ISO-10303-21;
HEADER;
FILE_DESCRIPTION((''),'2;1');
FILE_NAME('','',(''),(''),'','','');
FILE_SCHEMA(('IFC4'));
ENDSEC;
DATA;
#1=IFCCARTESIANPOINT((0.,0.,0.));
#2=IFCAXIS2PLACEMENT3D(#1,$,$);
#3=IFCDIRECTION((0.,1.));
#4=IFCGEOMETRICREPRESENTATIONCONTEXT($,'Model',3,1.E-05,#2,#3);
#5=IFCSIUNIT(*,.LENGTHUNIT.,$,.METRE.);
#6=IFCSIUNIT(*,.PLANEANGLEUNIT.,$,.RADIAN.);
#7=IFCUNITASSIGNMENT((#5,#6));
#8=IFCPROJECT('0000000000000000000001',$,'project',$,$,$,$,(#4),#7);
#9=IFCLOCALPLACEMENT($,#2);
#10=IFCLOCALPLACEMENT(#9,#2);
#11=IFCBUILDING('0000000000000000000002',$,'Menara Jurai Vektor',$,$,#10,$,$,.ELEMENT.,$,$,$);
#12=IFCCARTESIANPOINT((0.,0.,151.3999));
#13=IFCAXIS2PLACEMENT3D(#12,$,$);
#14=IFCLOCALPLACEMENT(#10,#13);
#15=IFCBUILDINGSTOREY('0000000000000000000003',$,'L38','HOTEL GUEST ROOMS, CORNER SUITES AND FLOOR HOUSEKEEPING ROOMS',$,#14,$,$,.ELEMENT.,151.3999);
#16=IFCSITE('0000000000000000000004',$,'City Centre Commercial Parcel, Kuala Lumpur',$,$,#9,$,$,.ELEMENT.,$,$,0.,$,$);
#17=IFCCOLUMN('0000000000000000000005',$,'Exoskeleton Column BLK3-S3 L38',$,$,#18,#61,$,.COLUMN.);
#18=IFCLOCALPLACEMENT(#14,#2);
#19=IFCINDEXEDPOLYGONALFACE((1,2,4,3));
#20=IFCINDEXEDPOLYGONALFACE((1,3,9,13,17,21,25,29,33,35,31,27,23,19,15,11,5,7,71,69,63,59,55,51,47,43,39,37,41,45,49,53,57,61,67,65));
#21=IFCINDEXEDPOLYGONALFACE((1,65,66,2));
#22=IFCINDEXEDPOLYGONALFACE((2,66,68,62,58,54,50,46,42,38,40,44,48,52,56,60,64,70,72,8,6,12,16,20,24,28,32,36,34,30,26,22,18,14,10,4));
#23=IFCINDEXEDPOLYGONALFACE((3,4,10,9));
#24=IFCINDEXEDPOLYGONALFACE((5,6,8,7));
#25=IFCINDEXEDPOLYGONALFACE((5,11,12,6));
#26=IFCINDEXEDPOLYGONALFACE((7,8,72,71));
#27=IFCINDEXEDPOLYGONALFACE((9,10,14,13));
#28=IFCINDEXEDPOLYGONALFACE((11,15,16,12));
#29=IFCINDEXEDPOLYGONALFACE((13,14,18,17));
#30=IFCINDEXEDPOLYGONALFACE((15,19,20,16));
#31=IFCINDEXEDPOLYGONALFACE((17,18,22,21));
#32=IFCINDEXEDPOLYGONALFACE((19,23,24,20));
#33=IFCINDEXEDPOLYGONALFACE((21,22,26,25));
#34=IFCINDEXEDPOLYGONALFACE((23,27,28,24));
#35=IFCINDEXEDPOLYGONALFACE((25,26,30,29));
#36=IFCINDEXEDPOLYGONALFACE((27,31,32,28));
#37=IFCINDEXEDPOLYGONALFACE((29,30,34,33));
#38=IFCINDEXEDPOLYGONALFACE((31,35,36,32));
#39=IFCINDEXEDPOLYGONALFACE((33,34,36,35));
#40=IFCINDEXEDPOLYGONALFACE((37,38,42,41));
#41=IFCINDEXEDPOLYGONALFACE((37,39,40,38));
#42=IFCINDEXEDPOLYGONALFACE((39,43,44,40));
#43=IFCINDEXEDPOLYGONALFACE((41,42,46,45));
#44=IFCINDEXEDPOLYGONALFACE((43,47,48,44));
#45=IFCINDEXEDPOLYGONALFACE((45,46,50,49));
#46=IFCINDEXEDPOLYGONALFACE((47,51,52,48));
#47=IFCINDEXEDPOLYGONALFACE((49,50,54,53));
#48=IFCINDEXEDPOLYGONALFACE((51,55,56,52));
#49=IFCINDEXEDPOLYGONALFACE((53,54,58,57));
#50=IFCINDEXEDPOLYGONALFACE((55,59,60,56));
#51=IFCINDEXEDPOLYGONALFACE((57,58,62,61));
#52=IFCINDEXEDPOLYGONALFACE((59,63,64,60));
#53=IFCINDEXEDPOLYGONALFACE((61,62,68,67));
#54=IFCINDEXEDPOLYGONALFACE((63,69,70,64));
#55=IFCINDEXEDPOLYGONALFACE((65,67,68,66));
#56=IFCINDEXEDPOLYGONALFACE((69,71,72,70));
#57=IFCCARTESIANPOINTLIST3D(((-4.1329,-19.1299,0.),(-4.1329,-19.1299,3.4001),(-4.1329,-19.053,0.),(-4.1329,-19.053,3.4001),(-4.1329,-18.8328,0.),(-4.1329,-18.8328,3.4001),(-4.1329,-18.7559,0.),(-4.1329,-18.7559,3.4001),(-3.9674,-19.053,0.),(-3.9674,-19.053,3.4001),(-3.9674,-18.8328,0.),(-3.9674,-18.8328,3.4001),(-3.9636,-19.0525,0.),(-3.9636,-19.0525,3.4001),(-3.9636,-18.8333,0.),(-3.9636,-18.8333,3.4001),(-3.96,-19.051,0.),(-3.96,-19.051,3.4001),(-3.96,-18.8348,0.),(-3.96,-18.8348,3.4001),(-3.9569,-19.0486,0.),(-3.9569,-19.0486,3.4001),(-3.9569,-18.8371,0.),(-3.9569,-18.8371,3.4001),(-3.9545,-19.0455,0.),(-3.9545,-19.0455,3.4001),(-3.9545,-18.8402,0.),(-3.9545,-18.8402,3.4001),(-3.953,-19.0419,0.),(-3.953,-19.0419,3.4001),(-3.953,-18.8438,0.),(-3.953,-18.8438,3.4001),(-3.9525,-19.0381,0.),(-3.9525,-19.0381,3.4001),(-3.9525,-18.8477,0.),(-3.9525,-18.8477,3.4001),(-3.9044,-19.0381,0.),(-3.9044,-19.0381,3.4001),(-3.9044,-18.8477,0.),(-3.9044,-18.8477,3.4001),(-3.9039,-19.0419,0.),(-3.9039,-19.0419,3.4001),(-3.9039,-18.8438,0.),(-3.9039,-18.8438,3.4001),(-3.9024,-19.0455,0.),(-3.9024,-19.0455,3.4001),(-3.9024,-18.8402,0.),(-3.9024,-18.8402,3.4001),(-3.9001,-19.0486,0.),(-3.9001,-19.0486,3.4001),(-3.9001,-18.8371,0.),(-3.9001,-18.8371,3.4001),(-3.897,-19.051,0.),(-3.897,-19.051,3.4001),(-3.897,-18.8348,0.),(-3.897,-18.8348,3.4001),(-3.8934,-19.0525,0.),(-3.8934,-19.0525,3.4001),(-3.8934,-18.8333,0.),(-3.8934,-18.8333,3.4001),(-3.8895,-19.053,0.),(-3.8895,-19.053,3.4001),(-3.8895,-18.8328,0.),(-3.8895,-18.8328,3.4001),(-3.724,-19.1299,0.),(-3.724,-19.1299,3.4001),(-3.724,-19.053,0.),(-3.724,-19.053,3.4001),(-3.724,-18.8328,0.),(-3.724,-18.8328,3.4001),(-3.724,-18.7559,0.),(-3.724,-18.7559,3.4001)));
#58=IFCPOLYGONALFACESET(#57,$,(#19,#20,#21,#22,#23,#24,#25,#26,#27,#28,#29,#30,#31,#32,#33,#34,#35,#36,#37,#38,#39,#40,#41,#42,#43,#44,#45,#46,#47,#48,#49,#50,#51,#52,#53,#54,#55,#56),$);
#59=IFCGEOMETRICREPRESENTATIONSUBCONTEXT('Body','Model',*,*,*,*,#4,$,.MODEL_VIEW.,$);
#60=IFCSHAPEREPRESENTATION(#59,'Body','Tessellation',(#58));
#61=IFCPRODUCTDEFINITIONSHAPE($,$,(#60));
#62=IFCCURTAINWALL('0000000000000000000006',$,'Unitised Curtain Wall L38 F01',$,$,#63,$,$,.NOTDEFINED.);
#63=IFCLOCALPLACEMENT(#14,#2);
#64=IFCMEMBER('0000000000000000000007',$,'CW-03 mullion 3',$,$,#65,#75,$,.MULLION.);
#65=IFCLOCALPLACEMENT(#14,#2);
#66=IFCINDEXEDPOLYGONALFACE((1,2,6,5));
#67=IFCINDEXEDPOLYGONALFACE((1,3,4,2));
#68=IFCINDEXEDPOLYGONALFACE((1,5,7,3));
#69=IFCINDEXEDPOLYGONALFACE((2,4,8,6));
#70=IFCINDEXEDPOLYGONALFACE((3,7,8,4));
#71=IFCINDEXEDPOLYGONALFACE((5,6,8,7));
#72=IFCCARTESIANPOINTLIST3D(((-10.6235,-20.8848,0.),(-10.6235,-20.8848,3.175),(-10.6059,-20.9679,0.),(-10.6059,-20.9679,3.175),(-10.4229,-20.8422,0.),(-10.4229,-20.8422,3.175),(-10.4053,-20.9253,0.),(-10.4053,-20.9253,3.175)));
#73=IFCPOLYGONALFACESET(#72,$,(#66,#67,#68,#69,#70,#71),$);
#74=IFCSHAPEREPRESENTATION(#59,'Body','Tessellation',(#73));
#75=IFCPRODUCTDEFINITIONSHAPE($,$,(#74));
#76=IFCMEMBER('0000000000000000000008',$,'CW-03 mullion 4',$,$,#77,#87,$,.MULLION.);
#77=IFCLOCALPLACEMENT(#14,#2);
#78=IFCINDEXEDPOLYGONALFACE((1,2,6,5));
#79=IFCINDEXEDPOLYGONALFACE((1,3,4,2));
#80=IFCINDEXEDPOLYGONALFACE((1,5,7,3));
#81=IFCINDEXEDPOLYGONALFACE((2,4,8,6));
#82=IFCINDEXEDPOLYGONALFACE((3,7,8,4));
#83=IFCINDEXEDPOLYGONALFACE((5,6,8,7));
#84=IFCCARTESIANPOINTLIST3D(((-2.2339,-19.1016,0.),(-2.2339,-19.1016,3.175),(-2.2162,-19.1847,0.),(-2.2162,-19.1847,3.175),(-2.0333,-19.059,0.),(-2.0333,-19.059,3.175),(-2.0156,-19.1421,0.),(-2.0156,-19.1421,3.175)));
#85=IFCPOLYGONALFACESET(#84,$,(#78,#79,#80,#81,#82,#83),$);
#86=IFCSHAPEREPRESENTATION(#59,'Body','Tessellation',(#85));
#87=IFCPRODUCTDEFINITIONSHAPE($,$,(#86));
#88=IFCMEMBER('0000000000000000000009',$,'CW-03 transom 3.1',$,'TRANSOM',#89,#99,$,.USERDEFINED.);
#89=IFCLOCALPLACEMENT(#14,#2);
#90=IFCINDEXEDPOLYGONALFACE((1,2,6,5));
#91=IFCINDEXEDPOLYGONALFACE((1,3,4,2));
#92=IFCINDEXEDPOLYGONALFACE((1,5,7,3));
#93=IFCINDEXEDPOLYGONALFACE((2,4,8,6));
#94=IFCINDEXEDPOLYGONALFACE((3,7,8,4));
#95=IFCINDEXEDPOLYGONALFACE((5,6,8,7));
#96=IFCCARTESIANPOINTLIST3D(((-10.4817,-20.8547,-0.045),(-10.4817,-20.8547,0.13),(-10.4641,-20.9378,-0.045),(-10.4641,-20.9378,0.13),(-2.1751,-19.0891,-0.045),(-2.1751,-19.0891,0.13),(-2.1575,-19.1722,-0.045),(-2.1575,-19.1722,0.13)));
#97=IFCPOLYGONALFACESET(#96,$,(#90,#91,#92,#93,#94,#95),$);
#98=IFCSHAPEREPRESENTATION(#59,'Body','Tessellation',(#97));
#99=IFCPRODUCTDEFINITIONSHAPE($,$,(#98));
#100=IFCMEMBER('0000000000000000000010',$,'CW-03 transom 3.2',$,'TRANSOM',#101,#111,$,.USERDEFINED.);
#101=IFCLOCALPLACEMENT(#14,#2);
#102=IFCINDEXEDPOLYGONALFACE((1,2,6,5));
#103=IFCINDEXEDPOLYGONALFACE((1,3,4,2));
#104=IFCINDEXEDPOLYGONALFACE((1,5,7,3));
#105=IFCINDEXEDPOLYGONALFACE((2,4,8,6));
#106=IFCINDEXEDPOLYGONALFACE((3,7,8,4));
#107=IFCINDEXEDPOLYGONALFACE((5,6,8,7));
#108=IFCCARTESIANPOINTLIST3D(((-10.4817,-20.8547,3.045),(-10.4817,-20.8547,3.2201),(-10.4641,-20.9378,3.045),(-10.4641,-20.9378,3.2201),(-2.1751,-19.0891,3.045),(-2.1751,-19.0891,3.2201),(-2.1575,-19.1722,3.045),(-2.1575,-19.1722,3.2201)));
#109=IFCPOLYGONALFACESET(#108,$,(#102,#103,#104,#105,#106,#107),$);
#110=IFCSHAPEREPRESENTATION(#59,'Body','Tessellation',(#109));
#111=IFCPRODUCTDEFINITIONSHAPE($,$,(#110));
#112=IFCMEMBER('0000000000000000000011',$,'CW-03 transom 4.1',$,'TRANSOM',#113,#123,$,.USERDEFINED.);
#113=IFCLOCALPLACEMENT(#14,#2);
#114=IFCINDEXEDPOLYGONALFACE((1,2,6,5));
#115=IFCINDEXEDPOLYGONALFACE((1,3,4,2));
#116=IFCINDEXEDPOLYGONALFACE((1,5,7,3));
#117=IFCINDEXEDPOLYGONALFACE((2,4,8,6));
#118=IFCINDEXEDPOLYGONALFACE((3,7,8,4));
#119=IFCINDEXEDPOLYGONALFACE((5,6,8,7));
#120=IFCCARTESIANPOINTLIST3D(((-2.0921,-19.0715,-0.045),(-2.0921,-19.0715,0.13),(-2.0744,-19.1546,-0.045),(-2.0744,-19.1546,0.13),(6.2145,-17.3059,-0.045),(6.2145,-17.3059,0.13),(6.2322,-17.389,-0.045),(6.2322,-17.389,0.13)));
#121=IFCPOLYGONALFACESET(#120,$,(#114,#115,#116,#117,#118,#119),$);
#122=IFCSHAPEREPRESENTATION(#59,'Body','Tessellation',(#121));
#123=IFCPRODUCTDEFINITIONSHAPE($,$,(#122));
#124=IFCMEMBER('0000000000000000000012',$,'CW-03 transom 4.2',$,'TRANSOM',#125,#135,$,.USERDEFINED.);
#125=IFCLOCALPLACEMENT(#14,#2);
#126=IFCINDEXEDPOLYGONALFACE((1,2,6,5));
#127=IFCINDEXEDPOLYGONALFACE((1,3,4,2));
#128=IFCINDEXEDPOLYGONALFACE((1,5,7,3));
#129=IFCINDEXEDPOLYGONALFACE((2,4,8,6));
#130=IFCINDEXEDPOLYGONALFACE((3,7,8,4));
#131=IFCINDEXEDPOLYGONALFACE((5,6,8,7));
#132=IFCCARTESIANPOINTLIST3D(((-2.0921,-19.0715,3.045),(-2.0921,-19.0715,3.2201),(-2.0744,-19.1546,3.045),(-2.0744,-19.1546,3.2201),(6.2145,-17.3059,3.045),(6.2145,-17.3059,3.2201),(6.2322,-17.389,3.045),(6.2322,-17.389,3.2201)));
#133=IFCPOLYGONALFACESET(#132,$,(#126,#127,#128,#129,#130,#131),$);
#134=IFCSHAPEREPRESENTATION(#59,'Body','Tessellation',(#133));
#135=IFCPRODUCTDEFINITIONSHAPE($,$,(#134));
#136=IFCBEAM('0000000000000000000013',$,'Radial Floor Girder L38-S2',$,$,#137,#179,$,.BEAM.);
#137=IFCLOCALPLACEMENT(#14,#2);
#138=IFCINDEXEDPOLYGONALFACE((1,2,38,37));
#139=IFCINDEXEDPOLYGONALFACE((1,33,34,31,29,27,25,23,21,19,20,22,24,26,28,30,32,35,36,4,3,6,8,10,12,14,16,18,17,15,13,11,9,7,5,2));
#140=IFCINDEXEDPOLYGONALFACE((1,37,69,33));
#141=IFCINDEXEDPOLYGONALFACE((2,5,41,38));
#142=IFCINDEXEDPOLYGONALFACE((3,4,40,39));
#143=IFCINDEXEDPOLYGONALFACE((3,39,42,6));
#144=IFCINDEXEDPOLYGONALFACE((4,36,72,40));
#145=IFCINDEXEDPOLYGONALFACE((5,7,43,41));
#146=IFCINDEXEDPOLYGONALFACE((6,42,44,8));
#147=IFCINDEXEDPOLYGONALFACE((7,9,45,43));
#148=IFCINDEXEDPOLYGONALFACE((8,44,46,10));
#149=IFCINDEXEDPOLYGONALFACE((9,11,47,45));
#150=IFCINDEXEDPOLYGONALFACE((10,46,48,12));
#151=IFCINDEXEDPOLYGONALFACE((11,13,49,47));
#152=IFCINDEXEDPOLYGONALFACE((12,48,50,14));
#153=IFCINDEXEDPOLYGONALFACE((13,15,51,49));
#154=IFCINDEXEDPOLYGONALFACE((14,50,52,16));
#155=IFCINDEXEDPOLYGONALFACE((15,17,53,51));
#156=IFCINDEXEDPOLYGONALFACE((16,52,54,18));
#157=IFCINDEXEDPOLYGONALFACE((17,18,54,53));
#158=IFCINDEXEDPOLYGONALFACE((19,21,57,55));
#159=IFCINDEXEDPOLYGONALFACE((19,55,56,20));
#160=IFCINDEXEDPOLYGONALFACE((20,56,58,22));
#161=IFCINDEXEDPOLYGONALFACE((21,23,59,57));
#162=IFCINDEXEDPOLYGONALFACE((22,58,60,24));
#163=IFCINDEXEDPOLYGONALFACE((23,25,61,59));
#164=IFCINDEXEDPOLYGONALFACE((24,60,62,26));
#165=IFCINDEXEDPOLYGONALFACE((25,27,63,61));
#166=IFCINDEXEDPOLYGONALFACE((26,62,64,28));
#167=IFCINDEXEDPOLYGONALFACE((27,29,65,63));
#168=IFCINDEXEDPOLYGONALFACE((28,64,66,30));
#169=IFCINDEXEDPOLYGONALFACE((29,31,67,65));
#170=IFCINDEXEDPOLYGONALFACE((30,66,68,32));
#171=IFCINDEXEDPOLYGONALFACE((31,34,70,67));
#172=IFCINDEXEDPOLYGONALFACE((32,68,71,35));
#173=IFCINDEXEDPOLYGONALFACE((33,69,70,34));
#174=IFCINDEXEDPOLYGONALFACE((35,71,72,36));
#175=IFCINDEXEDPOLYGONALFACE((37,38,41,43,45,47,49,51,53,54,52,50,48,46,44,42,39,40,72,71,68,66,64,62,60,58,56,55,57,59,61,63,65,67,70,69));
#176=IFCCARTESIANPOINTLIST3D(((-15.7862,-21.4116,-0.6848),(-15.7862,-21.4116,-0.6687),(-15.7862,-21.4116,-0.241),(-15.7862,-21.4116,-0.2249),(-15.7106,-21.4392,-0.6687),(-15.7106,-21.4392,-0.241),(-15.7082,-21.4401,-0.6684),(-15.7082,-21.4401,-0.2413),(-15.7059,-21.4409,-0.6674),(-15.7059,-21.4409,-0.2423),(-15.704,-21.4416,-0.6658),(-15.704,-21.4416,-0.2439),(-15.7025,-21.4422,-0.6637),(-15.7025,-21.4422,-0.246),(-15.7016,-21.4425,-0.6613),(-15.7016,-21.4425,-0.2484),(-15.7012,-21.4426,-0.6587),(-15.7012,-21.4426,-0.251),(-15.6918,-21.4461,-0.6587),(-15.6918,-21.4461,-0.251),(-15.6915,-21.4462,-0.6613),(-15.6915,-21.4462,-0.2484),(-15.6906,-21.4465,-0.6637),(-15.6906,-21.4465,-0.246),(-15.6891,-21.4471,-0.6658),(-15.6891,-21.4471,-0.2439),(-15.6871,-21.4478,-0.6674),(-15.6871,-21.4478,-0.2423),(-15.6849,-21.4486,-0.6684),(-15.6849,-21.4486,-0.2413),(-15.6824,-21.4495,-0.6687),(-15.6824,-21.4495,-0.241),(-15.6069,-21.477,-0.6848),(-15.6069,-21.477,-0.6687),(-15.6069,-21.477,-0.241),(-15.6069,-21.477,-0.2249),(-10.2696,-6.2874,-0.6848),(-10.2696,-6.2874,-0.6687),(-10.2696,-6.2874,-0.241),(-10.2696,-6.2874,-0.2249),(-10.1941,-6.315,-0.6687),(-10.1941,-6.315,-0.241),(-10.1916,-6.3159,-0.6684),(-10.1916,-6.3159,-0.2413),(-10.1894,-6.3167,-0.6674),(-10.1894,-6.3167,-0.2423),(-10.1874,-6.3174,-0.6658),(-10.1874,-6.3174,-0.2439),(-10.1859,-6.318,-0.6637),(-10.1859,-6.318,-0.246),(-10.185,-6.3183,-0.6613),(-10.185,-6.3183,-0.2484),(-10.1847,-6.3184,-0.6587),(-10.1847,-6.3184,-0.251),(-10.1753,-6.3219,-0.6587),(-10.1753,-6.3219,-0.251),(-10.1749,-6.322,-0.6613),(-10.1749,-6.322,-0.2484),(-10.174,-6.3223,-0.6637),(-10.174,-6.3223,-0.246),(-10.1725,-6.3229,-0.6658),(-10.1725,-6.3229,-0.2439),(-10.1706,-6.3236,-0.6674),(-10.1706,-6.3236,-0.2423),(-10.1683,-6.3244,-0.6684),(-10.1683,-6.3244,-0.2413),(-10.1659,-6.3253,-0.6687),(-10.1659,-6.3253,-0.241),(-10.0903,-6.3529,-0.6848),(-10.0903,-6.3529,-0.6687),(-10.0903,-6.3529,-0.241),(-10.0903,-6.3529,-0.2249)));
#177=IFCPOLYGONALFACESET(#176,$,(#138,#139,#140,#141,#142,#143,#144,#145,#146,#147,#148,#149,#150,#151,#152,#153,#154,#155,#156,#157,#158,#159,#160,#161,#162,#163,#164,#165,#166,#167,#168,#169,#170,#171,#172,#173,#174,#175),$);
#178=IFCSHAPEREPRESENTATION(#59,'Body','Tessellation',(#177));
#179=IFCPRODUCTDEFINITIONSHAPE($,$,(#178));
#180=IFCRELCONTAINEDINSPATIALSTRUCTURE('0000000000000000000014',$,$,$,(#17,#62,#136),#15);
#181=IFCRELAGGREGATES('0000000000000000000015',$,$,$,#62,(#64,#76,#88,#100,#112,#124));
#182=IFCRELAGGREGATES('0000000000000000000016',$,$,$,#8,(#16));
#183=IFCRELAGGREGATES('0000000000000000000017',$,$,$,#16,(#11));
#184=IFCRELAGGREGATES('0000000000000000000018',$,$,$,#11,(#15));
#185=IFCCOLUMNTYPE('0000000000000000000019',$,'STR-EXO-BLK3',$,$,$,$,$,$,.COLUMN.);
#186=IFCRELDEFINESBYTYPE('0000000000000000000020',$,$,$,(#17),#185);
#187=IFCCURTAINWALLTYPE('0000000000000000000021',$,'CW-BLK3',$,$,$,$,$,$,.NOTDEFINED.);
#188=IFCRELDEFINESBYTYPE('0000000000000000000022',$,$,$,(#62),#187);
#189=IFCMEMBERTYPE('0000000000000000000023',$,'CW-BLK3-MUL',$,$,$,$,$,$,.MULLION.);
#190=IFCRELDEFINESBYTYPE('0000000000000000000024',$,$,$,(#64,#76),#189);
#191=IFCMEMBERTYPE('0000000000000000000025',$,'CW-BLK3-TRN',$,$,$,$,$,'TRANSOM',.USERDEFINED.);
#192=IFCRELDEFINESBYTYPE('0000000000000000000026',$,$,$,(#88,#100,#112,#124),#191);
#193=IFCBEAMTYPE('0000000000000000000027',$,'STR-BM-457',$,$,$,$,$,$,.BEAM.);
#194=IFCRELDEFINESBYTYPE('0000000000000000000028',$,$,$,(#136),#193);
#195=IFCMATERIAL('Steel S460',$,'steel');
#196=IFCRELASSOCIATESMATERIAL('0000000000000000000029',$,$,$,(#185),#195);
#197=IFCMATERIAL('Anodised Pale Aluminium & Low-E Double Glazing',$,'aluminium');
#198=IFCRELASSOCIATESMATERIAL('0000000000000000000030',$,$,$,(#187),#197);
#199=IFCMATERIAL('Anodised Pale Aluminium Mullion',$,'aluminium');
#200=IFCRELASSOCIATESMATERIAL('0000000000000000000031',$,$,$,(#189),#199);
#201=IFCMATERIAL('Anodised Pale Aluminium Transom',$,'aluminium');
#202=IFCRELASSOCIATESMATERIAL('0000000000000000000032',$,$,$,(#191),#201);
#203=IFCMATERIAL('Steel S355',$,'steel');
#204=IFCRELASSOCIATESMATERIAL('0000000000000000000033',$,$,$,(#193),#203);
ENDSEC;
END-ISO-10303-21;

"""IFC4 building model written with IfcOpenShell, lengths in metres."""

from ifc_helpers import new_model, si_unit, direction, frame, origin, origin_2d, place, context, subcontext, project, spatial, rectangle, i_section, extrude, material, material_profile, profile_set, type_object, element, aggregate, save


model = new_model("IFC4")

# Units and contexts
model_context = context("Model", 3, precision=1e-05, world=origin(), true_north=direction((0.0, 1.0)))
body_context = subcontext(model_context, "Body", "Model", "MODEL_VIEW")
ifc_project = project(units=[si_unit("LENGTHUNIT", "METRE"), si_unit("PLANEANGLEUNIT", "RADIAN")], contexts=[model_context])

# Site, building, storey
site_placement = place(None, origin())
site = spatial("IfcSite", under=ifc_project, at=site_placement, Name="City Centre Commercial Parcel, Kuala Lumpur", CompositionType="ELEMENT", RefElevation=0.0)
building_placement = place(site_placement, origin())
building = spatial("IfcBuilding", under=site, at=building_placement, Name="Menara Jurai Vektor", CompositionType="ELEMENT")
storey_placement = place(building_placement, frame((0.0, 0.0, 151.3999)))
storey = spatial("IfcBuildingStorey", under=building, at=storey_placement, Name="L38", Description="HOTEL GUEST ROOMS, CORNER SUITES AND FLOOR HOUSEKEEPING ROOMS", CompositionType="ELEMENT", Elevation=151.3999)

# Column
ifc_material_1 = material(Name="Steel S460", Category="steel")
ifc_material_profile_1 = material_profile(ifc_material_1, i_section(OverallWidth=0.4089, OverallDepth=0.374, WebThickness=0.0481, FlangeThickness=0.0769, FilletRadius=0.0149, at=origin_2d()), Name="HD 400x634")
ifc_profile_set_1 = profile_set([ifc_material_profile_1], Name="Steel S460")
column_type = type_object("IfcColumnType", Name="STR-EXO-BLK3", PredefinedType="COLUMN", material=ifc_profile_set_1)
column_placement = place(storey_placement, frame((-3.9285, -18.9429, 0.0), z_axis=(0.0, 0.0, 1.0), x_axis=(1.0, 0.0, 0.0)))
element("IfcColumn", 1, at=column_placement, inside=storey, type_object=column_type, Name="Exoskeleton Column BLK3-S3 L38", PredefinedType="COLUMN", context=body_context, shape_type="SweptSolid", body=[
    extrude(i_section(OverallWidth=0.4089, OverallDepth=0.374, WebThickness=0.0481, FlangeThickness=0.0769, FilletRadius=0.0149, at=origin_2d()), origin(), (0.0, 0.0, 1.0), 3.4001),
])

# Curtain wall, members
ifc_material_2 = material(Name="Anodised Pale Aluminium & Low-E Double Glazing", Category="aluminium")
curtain_wall_type = type_object("IfcCurtainWallType", Name="CW-BLK3", PredefinedType="NOTDEFINED", material=ifc_material_2)
curtain_wall_placement = place(storey_placement, origin())
curtain_wall = element("IfcCurtainWall", 2, at=curtain_wall_placement, inside=storey, type_object=curtain_wall_type, Name="Unitised Curtain Wall L38 F01", PredefinedType="NOTDEFINED")
ifc_material_3 = material(Name="Anodised Pale Aluminium Mullion", Category="aluminium")
ifc_material_profile_2 = material_profile(ifc_material_3, rectangle(XDim=0.085, YDim=0.2051, at=origin_2d()), Name="ALU MUL 85x205")
ifc_profile_set_2 = profile_set([ifc_material_profile_2], Name="Anodised Pale Aluminium Mullion")
member_type_1 = type_object("IfcMemberType", Name="CW-BLK3-MUL", PredefinedType="MULLION", material=ifc_profile_set_2)
member_1_placement = place(storey_placement, frame((-10.5144, -20.905, 0.0), z_axis=(0.0, 0.0, 1.0), x_axis=(-0.207911, 0.978148, 0.0)))
member_1 = element("IfcMember", 3, at=member_1_placement, type_object=member_type_1, Name="CW-03 mullion 3", PredefinedType="MULLION", context=body_context, shape_type="SweptSolid", body=[
    extrude(rectangle(XDim=0.085, YDim=0.2051, at=origin_2d()), origin(), (0.0, 0.0, 1.0), 3.175),
])
member_2_placement = place(storey_placement, frame((-2.1248, -19.1218, 0.0), z_axis=(0.0, 0.0, 1.0), x_axis=(-0.207911, 0.978148, 0.0)))
member_2 = element("IfcMember", 4, at=member_2_placement, type_object=member_type_1, Name="CW-03 mullion 4", PredefinedType="MULLION", context=body_context, shape_type="SweptSolid", body=[
    extrude(rectangle(XDim=0.085, YDim=0.2051, at=origin_2d()), origin(), (0.0, 0.0, 1.0), 3.175),
])
ifc_material_4 = material(Name="Anodised Pale Aluminium Transom", Category="aluminium")
ifc_material_profile_3 = material_profile(ifc_material_4, rectangle(XDim=0.085, YDim=0.175, at=origin_2d()), Name="ALU TRN 85x175")
ifc_profile_set_3 = profile_set([ifc_material_profile_3], Name="Anodised Pale Aluminium Transom")
member_type_2 = type_object("IfcMemberType", Name="CW-BLK3-TRN", ElementType="TRANSOM", PredefinedType="USERDEFINED", material=ifc_profile_set_3)
member_3_placement = place(storey_placement, frame((-10.4729, -20.8962, 0.0425), z_axis=(0.978148, 0.207911, 0.0), x_axis=(-0.207911, 0.978148, 0.0)))
member_3 = element("IfcMember", 5, at=member_3_placement, type_object=member_type_2, Name="CW-03 transom 3.1", ObjectType="TRANSOM", PredefinedType="USERDEFINED", context=body_context, shape_type="SweptSolid", body=[
    extrude(rectangle(XDim=0.085, YDim=0.175, at=origin_2d()), origin(), (0.0, 0.0, 1.0), 8.4922),
])
member_4_placement = place(storey_placement, frame((-10.4729, -20.8962, 3.1326), z_axis=(0.978148, 0.207911, 0.0), x_axis=(-0.207911, 0.978148, 0.0)))
member_4 = element("IfcMember", 6, at=member_4_placement, type_object=member_type_2, Name="CW-03 transom 3.2", ObjectType="TRANSOM", PredefinedType="USERDEFINED", context=body_context, shape_type="SweptSolid", body=[
    extrude(rectangle(XDim=0.085, YDim=0.175, at=origin_2d()), origin(), (0.0, 0.0, 1.0), 8.4922),
])
member_5_placement = place(storey_placement, frame((-2.0833, -19.113, 0.0425), z_axis=(0.978148, 0.207911, 0.0), x_axis=(-0.207911, 0.978148, 0.0)))
member_5 = element("IfcMember", 7, at=member_5_placement, type_object=member_type_2, Name="CW-03 transom 4.1", ObjectType="TRANSOM", PredefinedType="USERDEFINED", context=body_context, shape_type="SweptSolid", body=[
    extrude(rectangle(XDim=0.085, YDim=0.175, at=origin_2d()), origin(), (0.0, 0.0, 1.0), 8.4922),
])
member_6_placement = place(storey_placement, frame((-2.0833, -19.113, 3.1326), z_axis=(0.978148, 0.207911, 0.0), x_axis=(-0.207911, 0.978148, 0.0)))
member_6 = element("IfcMember", 8, at=member_6_placement, type_object=member_type_2, Name="CW-03 transom 4.2", ObjectType="TRANSOM", PredefinedType="USERDEFINED", context=body_context, shape_type="SweptSolid", body=[
    extrude(rectangle(XDim=0.085, YDim=0.175, at=origin_2d()), origin(), (0.0, 0.0, 1.0), 8.4922),
])

# Beam
ifc_material_5 = material(Name="Steel S355", Category="steel")
ifc_material_profile_4 = material_profile(ifc_material_5, i_section(OverallWidth=0.1909, OverallDepth=0.46, WebThickness=0.01, FlangeThickness=0.0161, FilletRadius=0.01, at=origin_2d()), Name="UKB 457x191x82")
ifc_profile_set_4 = profile_set([ifc_material_profile_4], Name="Steel S355")
beam_type_1 = type_object("IfcBeamType", Name="STR-BM-457", PredefinedType="BEAM", material=ifc_profile_set_4)
beam_1_placement = place(storey_placement, frame((-15.6965, -21.4443, -0.4548), z_axis=(0.342668, 0.939456, 0.0), x_axis=(-0.939456, 0.342668, 0.0)))
element("IfcBeam", 9, at=beam_1_placement, inside=storey, type_object=beam_type_1, Name="Radial Floor Girder L38-S2", PredefinedType="BEAM", context=body_context, shape_type="SweptSolid", body=[
    extrude(i_section(OverallWidth=0.1909, OverallDepth=0.46, WebThickness=0.01, FlangeThickness=0.0161, FilletRadius=0.01, at=origin_2d()), origin(), (0.0, 0.0, 1.0), 16.0989),
])

aggregate(curtain_wall, [member_1, member_2, member_3, member_4, member_5, member_6])

save(model, "model.ifc")
